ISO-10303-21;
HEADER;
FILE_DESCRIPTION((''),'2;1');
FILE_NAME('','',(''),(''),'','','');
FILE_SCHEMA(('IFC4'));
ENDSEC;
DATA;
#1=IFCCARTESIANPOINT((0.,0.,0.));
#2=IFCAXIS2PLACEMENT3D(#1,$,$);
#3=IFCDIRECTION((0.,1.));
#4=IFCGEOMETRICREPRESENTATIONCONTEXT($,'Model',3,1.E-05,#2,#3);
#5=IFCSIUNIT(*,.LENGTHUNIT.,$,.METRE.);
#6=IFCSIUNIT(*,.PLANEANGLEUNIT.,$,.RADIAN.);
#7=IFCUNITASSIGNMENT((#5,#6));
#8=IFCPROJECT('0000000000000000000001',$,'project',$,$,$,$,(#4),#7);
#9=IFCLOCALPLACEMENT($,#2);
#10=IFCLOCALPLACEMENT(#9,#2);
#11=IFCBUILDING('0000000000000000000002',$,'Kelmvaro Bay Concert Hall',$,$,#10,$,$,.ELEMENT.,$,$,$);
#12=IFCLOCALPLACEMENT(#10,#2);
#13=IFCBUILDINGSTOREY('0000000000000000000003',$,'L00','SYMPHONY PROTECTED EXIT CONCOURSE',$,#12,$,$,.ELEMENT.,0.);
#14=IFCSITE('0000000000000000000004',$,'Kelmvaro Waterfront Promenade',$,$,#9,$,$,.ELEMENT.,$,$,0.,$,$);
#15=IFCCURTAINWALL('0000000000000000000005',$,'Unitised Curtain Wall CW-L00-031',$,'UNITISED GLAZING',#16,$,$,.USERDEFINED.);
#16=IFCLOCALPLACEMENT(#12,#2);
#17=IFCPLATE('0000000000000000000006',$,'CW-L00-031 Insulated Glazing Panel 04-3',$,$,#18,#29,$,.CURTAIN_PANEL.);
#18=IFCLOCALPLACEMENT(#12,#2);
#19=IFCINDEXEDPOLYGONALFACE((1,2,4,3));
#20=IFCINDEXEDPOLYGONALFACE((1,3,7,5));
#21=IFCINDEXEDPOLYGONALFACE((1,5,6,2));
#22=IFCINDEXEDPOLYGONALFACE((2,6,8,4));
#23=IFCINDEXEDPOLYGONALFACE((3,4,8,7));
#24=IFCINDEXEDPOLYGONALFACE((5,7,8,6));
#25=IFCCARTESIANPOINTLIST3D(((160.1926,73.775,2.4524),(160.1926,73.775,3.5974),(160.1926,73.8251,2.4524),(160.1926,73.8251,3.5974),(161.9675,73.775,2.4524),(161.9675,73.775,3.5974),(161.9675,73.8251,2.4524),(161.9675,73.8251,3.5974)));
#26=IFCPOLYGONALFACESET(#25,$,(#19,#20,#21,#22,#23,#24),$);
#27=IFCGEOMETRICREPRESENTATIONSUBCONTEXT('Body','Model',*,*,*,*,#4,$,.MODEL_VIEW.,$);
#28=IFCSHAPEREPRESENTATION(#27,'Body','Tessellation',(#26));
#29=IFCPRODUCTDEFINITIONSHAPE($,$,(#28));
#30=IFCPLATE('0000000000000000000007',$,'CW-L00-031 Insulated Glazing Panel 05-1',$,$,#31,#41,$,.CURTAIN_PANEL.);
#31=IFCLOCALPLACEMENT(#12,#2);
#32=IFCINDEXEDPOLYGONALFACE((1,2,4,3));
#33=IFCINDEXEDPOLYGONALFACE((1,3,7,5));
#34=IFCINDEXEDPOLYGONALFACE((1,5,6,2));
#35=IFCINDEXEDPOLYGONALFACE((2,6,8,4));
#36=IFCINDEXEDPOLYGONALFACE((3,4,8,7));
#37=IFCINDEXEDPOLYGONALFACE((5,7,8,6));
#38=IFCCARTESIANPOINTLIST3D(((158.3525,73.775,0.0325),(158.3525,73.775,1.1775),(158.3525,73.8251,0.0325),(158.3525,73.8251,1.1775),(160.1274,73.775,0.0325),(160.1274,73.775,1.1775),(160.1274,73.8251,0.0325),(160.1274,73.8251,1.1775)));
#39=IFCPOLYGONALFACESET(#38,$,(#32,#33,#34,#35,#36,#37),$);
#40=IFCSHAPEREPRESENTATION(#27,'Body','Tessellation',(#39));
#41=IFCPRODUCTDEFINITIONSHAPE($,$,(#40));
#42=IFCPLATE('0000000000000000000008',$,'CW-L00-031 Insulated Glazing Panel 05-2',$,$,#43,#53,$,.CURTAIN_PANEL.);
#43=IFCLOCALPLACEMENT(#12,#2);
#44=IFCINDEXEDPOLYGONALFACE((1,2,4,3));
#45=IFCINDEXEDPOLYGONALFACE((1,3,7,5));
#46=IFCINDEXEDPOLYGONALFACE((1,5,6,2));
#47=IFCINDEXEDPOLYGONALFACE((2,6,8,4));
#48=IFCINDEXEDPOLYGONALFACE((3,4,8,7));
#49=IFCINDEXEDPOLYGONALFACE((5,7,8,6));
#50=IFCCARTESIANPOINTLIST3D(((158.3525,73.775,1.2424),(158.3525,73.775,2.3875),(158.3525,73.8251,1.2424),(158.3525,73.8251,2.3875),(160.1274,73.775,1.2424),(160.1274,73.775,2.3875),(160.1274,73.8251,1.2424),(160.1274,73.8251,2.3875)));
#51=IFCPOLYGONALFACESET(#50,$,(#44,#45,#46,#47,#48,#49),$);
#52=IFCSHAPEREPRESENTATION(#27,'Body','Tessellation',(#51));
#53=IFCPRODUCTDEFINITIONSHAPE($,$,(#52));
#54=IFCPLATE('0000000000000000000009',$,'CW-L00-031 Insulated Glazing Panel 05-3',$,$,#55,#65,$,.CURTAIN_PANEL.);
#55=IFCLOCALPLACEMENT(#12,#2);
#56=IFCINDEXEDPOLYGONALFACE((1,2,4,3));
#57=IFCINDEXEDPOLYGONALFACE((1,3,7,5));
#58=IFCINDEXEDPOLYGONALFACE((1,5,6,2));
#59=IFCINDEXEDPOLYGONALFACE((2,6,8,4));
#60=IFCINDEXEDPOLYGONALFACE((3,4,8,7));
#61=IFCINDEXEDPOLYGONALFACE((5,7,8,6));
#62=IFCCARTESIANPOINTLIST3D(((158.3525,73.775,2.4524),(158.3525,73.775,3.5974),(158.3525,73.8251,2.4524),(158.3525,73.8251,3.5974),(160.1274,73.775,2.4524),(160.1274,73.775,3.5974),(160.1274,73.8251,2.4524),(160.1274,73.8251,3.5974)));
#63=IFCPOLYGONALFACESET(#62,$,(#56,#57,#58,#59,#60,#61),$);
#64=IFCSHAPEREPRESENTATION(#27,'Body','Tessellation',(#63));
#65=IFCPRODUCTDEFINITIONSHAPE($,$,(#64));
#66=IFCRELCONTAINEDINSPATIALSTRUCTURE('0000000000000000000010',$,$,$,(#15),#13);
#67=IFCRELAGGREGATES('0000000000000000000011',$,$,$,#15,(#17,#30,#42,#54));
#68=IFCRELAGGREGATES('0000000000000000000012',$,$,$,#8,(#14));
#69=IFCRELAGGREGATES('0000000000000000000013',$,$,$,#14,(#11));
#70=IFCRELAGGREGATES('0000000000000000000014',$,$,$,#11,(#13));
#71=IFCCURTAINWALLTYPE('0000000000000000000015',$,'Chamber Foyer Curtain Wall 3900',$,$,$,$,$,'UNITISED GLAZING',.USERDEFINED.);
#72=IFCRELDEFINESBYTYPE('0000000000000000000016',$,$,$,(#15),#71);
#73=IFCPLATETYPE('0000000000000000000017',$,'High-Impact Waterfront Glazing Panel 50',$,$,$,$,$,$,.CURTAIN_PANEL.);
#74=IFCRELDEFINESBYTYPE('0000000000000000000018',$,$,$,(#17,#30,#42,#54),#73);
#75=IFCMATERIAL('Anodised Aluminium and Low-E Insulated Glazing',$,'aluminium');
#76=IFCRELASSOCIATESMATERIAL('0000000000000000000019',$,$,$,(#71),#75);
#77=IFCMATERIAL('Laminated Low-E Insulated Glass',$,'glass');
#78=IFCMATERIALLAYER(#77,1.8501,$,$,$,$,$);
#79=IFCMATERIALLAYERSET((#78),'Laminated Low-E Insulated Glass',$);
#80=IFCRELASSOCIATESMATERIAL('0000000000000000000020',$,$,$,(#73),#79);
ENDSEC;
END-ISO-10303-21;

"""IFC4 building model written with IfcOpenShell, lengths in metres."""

from ifc_helpers import new_model, si_unit, direction, frame, origin, origin_2d, place, context, subcontext, project, spatial, rectangle, extrude, material, layer, layer_set, type_object, element, aggregate, save


model = new_model("IFC4")

# Units and contexts
model_context = context("Model", 3, precision=1e-05, world=origin(), true_north=direction((0.0, 1.0)))
body_context = subcontext(model_context, "Body", "Model", "MODEL_VIEW")
ifc_project = project(units=[si_unit("LENGTHUNIT", "METRE"), si_unit("PLANEANGLEUNIT", "RADIAN")], contexts=[model_context])

# Site, building, storey
site_placement = place(None, origin())
site = spatial("IfcSite", under=ifc_project, at=site_placement, Name="Kelmvaro Waterfront Promenade", CompositionType="ELEMENT", RefElevation=0.0)
building_placement = place(site_placement, origin())
building = spatial("IfcBuilding", under=site, at=building_placement, Name="Kelmvaro Bay Concert Hall", CompositionType="ELEMENT")
storey_placement = place(building_placement, origin())
storey = spatial("IfcBuildingStorey", under=building, at=storey_placement, Name="L00", Description="SYMPHONY PROTECTED EXIT CONCOURSE", CompositionType="ELEMENT", Elevation=0.0)

# Curtain wall, plates
ifc_material_1 = material(Name="Anodised Aluminium and Low-E Insulated Glazing", Category="aluminium")
curtain_wall_type = type_object("IfcCurtainWallType", Name="Chamber Foyer Curtain Wall 3900", ElementType="UNITISED GLAZING", PredefinedType="USERDEFINED", material=ifc_material_1)
curtain_wall_placement = place(storey_placement, origin())
curtain_wall = element("IfcCurtainWall", 1, at=curtain_wall_placement, inside=storey, type_object=curtain_wall_type, Name="Unitised Curtain Wall CW-L00-031", ObjectType="UNITISED GLAZING", PredefinedType="USERDEFINED")
ifc_material_2 = material(Name="Laminated Low-E Insulated Glass", Category="glass")
ifc_layer = layer(ifc_material_2, 1.8501)
ifc_layer_set = layer_set([ifc_layer], Name="Laminated Low-E Insulated Glass")
plate_type = type_object("IfcPlateType", Name="High-Impact Waterfront Glazing Panel 50", PredefinedType="CURTAIN_PANEL", material=ifc_layer_set)
plate_1_placement = place(storey_placement, frame((161.0801, 73.8, 2.4524), z_axis=(0.0, 0.0, 1.0), x_axis=(-1.0, 0.0, 0.0)))
plate_1 = element("IfcPlate", 2, at=plate_1_placement, type_object=plate_type, Name="CW-L00-031 Insulated Glazing Panel 04-3", PredefinedType="CURTAIN_PANEL", context=body_context, shape_type="SweptSolid", body=[
    extrude(rectangle(XDim=1.7749, YDim=0.05, at=origin_2d()), origin(), (0.0, 0.0, 1.0), 1.145),
])
plate_2_placement = place(storey_placement, frame((159.24, 73.8, 0.0325), z_axis=(0.0, 0.0, 1.0), x_axis=(-1.0, 0.0, 0.0)))
plate_2 = element("IfcPlate", 3, at=plate_2_placement, type_object=plate_type, Name="CW-L00-031 Insulated Glazing Panel 05-1", PredefinedType="CURTAIN_PANEL", context=body_context, shape_type="SweptSolid", body=[
    extrude(rectangle(XDim=1.7749, YDim=0.05, at=origin_2d()), origin(), (0.0, 0.0, 1.0), 1.145),
])
plate_3_placement = place(storey_placement, frame((159.24, 73.8, 1.2424), z_axis=(0.0, 0.0, 1.0), x_axis=(-1.0, 0.0, 0.0)))
plate_3 = element("IfcPlate", 4, at=plate_3_placement, type_object=plate_type, Name="CW-L00-031 Insulated Glazing Panel 05-2", PredefinedType="CURTAIN_PANEL", context=body_context, shape_type="SweptSolid", body=[
    extrude(rectangle(XDim=1.7749, YDim=0.05, at=origin_2d()), origin(), (0.0, 0.0, 1.0), 1.145),
])
plate_4_placement = place(storey_placement, frame((159.24, 73.8, 2.4524), z_axis=(0.0, 0.0, 1.0), x_axis=(-1.0, 0.0, 0.0)))
plate_4 = element("IfcPlate", 5, at=plate_4_placement, type_object=plate_type, Name="CW-L00-031 Insulated Glazing Panel 05-3", PredefinedType="CURTAIN_PANEL", context=body_context, shape_type="SweptSolid", body=[
    extrude(rectangle(XDim=1.7749, YDim=0.05, at=origin_2d()), origin(), (0.0, 0.0, 1.0), 1.145),
])
aggregate(curtain_wall, [plate_1, plate_2, plate_3, plate_4])

save(model, "model.ifc")
